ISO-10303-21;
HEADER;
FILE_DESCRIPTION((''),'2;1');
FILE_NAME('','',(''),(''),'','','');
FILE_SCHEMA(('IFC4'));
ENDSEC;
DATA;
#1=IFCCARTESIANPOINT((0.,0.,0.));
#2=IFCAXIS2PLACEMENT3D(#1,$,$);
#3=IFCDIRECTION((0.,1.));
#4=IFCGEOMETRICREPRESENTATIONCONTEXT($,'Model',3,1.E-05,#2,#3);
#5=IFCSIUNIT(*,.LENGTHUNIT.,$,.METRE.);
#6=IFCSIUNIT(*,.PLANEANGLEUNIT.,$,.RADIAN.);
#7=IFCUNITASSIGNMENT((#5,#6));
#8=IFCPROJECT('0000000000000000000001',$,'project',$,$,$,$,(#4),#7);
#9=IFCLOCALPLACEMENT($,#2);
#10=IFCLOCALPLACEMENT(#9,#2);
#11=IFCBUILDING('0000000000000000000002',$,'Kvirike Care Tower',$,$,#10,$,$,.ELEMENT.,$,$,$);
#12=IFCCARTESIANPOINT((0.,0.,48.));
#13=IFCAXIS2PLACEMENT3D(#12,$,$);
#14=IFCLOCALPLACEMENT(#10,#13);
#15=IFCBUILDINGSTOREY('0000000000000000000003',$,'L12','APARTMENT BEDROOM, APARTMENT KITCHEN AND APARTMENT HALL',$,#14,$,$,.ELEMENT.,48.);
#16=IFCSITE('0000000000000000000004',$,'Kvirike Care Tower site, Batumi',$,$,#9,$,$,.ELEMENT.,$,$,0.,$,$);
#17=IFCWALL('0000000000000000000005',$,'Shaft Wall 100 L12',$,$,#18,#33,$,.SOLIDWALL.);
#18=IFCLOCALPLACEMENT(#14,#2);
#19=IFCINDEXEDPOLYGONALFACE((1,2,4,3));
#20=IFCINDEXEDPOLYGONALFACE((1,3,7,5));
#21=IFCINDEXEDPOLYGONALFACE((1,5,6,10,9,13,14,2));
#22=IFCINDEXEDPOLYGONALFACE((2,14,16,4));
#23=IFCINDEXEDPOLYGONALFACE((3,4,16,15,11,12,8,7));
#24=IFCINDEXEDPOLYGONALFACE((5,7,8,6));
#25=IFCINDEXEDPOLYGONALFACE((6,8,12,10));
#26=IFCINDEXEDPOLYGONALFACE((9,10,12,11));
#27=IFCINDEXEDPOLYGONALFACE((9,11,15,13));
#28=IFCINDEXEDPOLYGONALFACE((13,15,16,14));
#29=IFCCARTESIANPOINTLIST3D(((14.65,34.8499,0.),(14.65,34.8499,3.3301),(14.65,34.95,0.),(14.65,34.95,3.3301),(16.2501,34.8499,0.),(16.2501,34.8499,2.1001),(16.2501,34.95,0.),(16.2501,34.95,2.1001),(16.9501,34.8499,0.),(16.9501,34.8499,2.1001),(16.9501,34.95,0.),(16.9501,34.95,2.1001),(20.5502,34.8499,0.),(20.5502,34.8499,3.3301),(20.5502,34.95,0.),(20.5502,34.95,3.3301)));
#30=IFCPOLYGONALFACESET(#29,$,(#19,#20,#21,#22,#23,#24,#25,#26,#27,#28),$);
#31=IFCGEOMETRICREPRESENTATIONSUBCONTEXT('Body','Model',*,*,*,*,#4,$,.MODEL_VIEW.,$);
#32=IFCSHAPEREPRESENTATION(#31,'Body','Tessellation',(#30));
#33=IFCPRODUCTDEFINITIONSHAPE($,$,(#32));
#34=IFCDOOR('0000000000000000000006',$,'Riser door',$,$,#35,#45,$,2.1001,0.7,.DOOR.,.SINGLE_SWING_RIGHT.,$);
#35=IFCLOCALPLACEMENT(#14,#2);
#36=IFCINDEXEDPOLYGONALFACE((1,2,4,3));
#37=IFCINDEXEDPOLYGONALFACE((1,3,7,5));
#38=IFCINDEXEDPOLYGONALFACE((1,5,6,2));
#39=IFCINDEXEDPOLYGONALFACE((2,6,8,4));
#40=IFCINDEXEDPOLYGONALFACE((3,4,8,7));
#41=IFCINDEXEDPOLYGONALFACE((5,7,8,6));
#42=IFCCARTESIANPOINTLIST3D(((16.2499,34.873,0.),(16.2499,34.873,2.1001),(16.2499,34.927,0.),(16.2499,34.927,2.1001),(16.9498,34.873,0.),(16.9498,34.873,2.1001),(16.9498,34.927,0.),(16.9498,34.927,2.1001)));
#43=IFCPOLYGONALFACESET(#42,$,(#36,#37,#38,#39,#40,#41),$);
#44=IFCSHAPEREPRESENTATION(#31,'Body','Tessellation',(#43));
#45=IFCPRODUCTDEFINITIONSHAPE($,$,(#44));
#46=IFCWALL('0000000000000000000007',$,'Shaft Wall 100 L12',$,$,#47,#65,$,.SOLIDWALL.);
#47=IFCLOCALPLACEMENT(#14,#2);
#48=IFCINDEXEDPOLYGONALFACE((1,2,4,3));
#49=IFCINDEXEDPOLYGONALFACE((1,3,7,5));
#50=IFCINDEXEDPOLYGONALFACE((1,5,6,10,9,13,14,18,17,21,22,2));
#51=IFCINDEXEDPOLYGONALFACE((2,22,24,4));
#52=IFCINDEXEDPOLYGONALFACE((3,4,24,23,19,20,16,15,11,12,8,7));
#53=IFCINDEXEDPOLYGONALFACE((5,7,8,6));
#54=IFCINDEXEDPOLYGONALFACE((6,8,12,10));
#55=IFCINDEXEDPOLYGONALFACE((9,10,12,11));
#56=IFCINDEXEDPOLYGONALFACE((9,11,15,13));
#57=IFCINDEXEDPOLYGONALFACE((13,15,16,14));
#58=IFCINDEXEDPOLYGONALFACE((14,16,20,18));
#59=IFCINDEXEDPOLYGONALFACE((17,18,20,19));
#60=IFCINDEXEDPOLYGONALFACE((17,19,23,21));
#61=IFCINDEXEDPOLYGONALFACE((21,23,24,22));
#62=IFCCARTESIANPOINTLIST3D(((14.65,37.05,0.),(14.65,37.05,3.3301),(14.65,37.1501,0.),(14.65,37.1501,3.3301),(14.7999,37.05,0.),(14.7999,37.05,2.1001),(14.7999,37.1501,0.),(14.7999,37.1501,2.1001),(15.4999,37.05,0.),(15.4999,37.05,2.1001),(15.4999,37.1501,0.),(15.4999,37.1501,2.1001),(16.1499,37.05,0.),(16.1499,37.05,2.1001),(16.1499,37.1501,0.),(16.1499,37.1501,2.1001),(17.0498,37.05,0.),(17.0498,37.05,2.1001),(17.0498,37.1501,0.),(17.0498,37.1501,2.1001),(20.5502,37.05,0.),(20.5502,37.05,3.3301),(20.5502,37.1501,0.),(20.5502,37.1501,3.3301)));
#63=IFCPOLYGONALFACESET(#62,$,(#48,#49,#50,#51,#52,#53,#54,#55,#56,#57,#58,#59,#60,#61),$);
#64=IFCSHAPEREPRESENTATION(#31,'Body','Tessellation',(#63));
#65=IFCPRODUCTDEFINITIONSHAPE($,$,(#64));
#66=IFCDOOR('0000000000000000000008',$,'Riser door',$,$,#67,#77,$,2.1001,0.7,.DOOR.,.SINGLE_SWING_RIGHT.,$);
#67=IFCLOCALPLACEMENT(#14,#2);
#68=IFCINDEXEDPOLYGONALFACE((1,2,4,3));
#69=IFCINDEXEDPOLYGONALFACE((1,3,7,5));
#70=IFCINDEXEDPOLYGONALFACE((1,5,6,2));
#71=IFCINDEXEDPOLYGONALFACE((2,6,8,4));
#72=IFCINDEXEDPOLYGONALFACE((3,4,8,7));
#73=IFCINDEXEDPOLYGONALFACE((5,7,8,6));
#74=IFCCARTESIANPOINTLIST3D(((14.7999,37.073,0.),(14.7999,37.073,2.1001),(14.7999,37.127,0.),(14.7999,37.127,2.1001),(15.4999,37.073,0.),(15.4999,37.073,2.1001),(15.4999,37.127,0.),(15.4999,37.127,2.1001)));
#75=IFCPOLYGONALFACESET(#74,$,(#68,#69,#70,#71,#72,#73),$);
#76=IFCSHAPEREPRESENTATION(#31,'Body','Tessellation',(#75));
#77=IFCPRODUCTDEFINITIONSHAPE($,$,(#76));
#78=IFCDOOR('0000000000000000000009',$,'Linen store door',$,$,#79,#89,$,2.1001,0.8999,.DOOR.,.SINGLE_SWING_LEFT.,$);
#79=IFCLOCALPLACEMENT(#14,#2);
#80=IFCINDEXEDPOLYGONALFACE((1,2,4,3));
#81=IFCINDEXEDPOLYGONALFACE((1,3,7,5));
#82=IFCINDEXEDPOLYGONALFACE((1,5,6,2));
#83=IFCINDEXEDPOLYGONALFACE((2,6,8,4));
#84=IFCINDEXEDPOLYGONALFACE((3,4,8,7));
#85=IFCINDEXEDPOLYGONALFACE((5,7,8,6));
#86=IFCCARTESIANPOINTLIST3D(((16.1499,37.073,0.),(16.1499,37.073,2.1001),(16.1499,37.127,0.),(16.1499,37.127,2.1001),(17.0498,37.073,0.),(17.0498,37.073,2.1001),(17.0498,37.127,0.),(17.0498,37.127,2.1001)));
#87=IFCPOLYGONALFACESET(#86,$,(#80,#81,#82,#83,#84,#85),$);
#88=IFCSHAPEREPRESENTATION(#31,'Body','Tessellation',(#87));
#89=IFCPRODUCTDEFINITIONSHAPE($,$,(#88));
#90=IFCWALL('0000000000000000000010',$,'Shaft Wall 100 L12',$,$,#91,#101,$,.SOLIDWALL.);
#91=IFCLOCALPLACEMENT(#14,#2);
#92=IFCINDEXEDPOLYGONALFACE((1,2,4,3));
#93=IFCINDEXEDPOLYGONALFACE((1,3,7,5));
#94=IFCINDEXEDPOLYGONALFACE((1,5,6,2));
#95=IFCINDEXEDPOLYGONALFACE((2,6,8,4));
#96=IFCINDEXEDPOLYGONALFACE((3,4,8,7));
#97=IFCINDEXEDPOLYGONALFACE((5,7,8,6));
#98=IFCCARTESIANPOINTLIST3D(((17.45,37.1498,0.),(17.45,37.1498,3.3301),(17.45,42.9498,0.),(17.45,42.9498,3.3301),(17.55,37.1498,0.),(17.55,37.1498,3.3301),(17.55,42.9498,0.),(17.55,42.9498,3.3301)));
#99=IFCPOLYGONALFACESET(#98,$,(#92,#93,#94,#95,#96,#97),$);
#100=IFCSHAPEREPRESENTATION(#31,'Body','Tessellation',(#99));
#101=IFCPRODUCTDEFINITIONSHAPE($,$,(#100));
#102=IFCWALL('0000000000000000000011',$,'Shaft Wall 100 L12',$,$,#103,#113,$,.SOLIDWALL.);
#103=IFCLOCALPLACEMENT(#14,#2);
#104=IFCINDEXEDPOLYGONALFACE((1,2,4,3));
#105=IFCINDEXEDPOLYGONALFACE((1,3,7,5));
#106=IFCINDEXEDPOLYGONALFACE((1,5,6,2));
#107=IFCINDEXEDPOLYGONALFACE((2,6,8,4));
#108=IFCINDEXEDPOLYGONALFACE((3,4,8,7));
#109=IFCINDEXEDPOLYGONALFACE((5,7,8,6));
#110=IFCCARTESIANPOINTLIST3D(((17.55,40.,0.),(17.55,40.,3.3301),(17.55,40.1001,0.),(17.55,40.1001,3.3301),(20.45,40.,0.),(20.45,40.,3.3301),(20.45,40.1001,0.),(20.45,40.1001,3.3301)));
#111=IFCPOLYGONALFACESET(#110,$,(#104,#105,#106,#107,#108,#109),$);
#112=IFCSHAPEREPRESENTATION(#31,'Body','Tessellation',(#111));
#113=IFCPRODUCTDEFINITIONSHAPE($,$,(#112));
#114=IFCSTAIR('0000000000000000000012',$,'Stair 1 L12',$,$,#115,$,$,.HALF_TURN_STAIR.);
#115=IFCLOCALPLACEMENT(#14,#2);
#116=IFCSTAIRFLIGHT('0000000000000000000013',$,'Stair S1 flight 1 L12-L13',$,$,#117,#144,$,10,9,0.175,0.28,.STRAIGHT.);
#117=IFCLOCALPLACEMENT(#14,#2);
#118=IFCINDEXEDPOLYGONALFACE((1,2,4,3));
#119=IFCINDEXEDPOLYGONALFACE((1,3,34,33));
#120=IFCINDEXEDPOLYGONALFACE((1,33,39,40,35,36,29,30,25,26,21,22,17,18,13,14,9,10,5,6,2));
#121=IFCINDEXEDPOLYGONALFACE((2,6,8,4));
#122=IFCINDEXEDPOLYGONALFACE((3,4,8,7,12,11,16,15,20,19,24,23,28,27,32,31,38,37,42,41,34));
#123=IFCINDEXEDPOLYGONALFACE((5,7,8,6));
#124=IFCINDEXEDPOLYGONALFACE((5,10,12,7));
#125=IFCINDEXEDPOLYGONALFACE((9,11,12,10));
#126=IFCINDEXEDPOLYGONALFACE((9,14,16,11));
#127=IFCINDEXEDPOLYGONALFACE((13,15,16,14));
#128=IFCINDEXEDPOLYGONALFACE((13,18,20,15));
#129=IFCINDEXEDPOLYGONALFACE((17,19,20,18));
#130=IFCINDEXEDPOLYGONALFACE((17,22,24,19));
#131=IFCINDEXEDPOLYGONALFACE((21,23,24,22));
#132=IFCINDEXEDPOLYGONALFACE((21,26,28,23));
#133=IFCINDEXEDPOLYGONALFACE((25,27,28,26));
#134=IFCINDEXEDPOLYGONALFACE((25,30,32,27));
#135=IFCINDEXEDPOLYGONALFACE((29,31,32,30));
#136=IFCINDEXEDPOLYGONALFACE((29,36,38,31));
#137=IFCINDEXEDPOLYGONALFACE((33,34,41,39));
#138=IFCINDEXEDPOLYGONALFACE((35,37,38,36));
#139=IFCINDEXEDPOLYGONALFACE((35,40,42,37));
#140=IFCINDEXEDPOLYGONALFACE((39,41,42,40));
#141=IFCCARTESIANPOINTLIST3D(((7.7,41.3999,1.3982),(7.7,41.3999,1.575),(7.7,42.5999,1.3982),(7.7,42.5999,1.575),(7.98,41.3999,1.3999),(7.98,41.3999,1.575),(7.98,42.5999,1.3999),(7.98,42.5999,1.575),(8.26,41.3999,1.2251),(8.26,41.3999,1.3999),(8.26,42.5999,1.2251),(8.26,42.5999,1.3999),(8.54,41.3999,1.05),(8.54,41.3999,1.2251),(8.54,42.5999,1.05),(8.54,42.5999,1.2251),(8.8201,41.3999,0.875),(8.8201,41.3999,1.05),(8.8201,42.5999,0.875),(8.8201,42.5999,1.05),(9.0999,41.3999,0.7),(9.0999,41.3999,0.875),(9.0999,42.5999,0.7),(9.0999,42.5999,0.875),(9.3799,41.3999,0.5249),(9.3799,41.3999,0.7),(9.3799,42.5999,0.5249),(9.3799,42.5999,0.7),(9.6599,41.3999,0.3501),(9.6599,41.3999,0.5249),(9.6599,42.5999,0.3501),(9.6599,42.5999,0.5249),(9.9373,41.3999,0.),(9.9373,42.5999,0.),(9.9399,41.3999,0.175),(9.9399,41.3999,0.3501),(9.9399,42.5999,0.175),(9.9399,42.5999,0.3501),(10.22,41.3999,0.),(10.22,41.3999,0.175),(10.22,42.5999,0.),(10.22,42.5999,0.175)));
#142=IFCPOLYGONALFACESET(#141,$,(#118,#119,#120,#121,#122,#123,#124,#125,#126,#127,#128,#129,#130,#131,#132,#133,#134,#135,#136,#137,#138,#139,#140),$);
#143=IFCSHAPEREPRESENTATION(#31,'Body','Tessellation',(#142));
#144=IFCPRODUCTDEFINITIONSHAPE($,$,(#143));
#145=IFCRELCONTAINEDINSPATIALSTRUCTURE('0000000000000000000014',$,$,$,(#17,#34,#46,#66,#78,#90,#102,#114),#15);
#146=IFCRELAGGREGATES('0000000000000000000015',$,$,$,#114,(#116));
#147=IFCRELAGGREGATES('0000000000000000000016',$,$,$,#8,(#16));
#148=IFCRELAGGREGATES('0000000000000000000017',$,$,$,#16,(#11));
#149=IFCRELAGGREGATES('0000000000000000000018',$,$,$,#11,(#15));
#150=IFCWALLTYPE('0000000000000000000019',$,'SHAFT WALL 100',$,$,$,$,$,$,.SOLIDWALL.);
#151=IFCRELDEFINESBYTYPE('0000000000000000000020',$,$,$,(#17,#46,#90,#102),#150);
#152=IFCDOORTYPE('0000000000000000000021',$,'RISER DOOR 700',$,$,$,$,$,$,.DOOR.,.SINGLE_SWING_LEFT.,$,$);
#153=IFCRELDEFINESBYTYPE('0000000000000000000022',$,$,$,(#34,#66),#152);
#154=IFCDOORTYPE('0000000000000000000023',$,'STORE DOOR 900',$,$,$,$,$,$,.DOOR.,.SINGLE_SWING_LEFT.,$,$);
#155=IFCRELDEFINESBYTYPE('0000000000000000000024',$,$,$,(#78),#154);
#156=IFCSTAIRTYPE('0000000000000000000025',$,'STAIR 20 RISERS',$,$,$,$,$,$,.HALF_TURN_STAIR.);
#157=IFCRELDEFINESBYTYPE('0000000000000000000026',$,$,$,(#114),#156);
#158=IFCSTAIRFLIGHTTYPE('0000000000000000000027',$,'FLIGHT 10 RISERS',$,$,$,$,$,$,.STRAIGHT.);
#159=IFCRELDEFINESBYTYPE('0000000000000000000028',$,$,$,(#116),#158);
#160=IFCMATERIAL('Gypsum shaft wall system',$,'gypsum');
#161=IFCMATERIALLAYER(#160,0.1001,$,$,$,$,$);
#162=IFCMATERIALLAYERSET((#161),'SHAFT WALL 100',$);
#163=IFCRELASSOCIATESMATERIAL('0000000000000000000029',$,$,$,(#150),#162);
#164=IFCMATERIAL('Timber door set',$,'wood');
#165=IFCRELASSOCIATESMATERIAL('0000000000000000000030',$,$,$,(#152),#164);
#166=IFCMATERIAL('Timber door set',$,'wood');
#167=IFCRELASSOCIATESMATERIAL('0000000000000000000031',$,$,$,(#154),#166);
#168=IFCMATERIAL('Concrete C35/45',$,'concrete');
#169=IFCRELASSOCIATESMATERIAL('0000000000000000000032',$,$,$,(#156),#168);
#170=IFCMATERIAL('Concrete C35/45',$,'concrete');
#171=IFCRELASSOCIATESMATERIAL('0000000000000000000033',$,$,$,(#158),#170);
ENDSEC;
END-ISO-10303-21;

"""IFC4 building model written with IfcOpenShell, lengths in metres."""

from ifc_helpers import new_model, si_unit, direction, frame, frame_2d, origin, place, context, subcontext, project, spatial, polyline, rectangle, outline, extrude, material, layer, layer_set, type_object, element, fill, aggregate, save


model = new_model("IFC4")

# Units and contexts
model_context = context("Model", 3, precision=1e-05, world=origin(), true_north=direction((0.0, 1.0)))
body_context = subcontext(model_context, "Body", "Model", "MODEL_VIEW")
ifc_project = project(units=[si_unit("LENGTHUNIT", "METRE"), si_unit("PLANEANGLEUNIT", "RADIAN")], contexts=[model_context])

# Site, building, storey
site_placement = place(None, origin())
site = spatial("IfcSite", under=ifc_project, at=site_placement, Name="Kvirike Care Tower site, Batumi", CompositionType="ELEMENT", RefElevation=0.0)
building_placement = place(site_placement, origin())
building = spatial("IfcBuilding", under=site, at=building_placement, Name="Kvirike Care Tower", CompositionType="ELEMENT")
storey_placement = place(building_placement, frame((0.0, 0.0, 48.0)))
storey = spatial("IfcBuildingStorey", under=building, at=storey_placement, Name="L12", Description="APARTMENT BEDROOM, APARTMENT KITCHEN AND APARTMENT HALL", CompositionType="ELEMENT", Elevation=48.0)

# Shared definitions
ifc_material_1 = material(Name="Gypsum shaft wall system", Category="gypsum")
ifc_layer_1 = layer(ifc_material_1, 0.1001)
ifc_layer_set_1 = layer_set([ifc_layer_1], Name="SHAFT WALL 100")
wall_type_1 = type_object("IfcWallType", Name="SHAFT WALL 100", PredefinedType="SOLIDWALL", material=ifc_layer_set_1)

# Wall, opening, door
wall_1_placement = place(storey_placement, frame((14.6499, 34.8999, 0.0), z_axis=(0.0, 0.0, 1.0), x_axis=(1.0, 0.0, 0.0)))
wall_1 = element("IfcWall", 1, at=wall_1_placement, inside=storey, type_object=wall_type_1, Name="Shaft Wall 100 L12", PredefinedType="SOLIDWALL", context=body_context, shape_type="SweptSolid", body=[
    extrude(rectangle(XDim=5.9001, YDim=0.1001, at=frame_2d((2.9502, 0.0))), origin(), (0.0, 0.0, 1.0), 3.3301),
])
opening_1_placement = place(wall_1_placement, frame((1.6001, 0.0, 0.0)))
opening_1 = element("IfcOpeningElement", 2, at=opening_1_placement, cuts=wall_1, PredefinedType="OPENING", context=body_context, shape_type="SweptSolid", body=[
    extrude(rectangle(XDim=0.7, YDim=2.1001, at=frame_2d((0.3501, 1.05))), frame((0.0, 0.0605, 0.0), z_axis=(0.0, -1.0, 0.0), x_axis=(1.0, 0.0, 0.0)), (0.0, 0.0, 1.0), 0.1211),
])
ifc_material_2 = material(Name="Timber door set", Category="wood")
door_type_1 = type_object("IfcDoorType", Name="RISER DOOR 700", OperationType="SINGLE_SWING_LEFT", PredefinedType="DOOR", material=ifc_material_2)
door_1_placement = place(opening_1_placement, frame((0.7, 0.0, 0.0), z_axis=(0.0, 0.0, 1.0), x_axis=(-1.0, 0.0, 0.0)))
door_1 = element("IfcDoor", 3, at=door_1_placement, inside=storey, type_object=door_type_1, Name="Riser door", OperationType="SINGLE_SWING_RIGHT", OverallHeight=2.1001, OverallWidth=0.7, PredefinedType="DOOR", context=body_context, shape_type="SweptSolid", body=[
    extrude(rectangle(XDim=0.7, YDim=2.1001, at=frame_2d((0.3501, 1.05))), frame((0.0, 0.0269, 0.0), z_axis=(0.0, -1.0, 0.0), x_axis=(1.0, 0.0, 0.0)), (0.0, 0.0, 1.0), 0.054),
])
fill(opening_1, door_1)

# Wall, openings, doors
wall_2_placement = place(storey_placement, frame((14.6499, 37.1001, 0.0), z_axis=(0.0, 0.0, 1.0), x_axis=(1.0, 0.0, 0.0)))
wall_2 = element("IfcWall", 4, at=wall_2_placement, inside=storey, type_object=wall_type_1, Name="Shaft Wall 100 L12", PredefinedType="SOLIDWALL", context=body_context, shape_type="SweptSolid", body=[
    extrude(rectangle(XDim=5.9001, YDim=0.1001, at=frame_2d((2.9502, 0.0))), origin(), (0.0, 0.0, 1.0), 3.3301),
])
opening_2_placement = place(wall_2_placement, frame((0.1499, 0.0, 0.0)))
opening_2 = element("IfcOpeningElement", 5, at=opening_2_placement, cuts=wall_2, PredefinedType="OPENING", context=body_context, shape_type="SweptSolid", body=[
    extrude(rectangle(XDim=0.7, YDim=2.1001, at=frame_2d((0.3501, 1.05))), frame((0.0, 0.0605, 0.0), z_axis=(0.0, -1.0, 0.0), x_axis=(1.0, 0.0, 0.0)), (0.0, 0.0, 1.0), 0.1211),
])
opening_3_placement = place(wall_2_placement, frame((1.5, 0.0, 0.0)))
opening_3 = element("IfcOpeningElement", 6, at=opening_3_placement, cuts=wall_2, PredefinedType="OPENING", context=body_context, shape_type="SweptSolid", body=[
    extrude(rectangle(XDim=0.8999, YDim=2.1001, at=frame_2d((0.45, 1.05))), frame((0.0, 0.0605, 0.0), z_axis=(0.0, -1.0, 0.0), x_axis=(1.0, 0.0, 0.0)), (0.0, 0.0, 1.0), 0.1211),
])
door_2_placement = place(opening_2_placement, origin())
door_2 = element("IfcDoor", 7, at=door_2_placement, inside=storey, type_object=door_type_1, Name="Riser door", OperationType="SINGLE_SWING_RIGHT", OverallHeight=2.1001, OverallWidth=0.7, PredefinedType="DOOR", context=body_context, shape_type="SweptSolid", body=[
    extrude(rectangle(XDim=0.7, YDim=2.1001, at=frame_2d((0.3501, 1.05))), frame((0.0, 0.0269, 0.0), z_axis=(0.0, -1.0, 0.0), x_axis=(1.0, 0.0, 0.0)), (0.0, 0.0, 1.0), 0.054),
])
fill(opening_2, door_2)
ifc_material_3 = material(Name="Timber door set", Category="wood")
door_type_2 = type_object("IfcDoorType", Name="STORE DOOR 900", OperationType="SINGLE_SWING_LEFT", PredefinedType="DOOR", material=ifc_material_3)
door_3_placement = place(opening_3_placement, origin())
door_3 = element("IfcDoor", 8, at=door_3_placement, inside=storey, type_object=door_type_2, Name="Linen store door", OperationType="SINGLE_SWING_LEFT", OverallHeight=2.1001, OverallWidth=0.8999, PredefinedType="DOOR", context=body_context, shape_type="SweptSolid", body=[
    extrude(rectangle(XDim=0.8999, YDim=2.1001, at=frame_2d((0.45, 1.05))), frame((0.0, 0.0269, 0.0), z_axis=(0.0, -1.0, 0.0), x_axis=(1.0, 0.0, 0.0)), (0.0, 0.0, 1.0), 0.054),
])
fill(opening_3, door_3)

# Walls
wall_3_placement = place(storey_placement, frame((17.5, 37.1499, 0.0), z_axis=(0.0, 0.0, 1.0), x_axis=(0.0, 1.0, 0.0)))
element("IfcWall", 9, at=wall_3_placement, inside=storey, type_object=wall_type_1, Name="Shaft Wall 100 L12", PredefinedType="SOLIDWALL", context=body_context, shape_type="SweptSolid", body=[
    extrude(rectangle(XDim=5.8, YDim=0.1001, at=frame_2d((2.8999, 0.0))), origin(), (0.0, 0.0, 1.0), 3.3301),
])
wall_4_placement = place(storey_placement, frame((17.55, 40.05, 0.0), z_axis=(0.0, 0.0, 1.0), x_axis=(1.0, 0.0, 0.0)))
element("IfcWall", 10, at=wall_4_placement, inside=storey, type_object=wall_type_1, Name="Shaft Wall 100 L12", PredefinedType="SOLIDWALL", context=body_context, shape_type="SweptSolid", body=[
    extrude(rectangle(XDim=2.8999, YDim=0.1001, at=frame_2d((1.45, 0.0))), origin(), (0.0, 0.0, 1.0), 3.3301),
])

# Stair, stair flight
ifc_material_4 = material(Name="Concrete C35/45", Category="concrete")
stair_type = type_object("IfcStairType", Name="STAIR 20 RISERS", PredefinedType="HALF_TURN_STAIR", material=ifc_material_4)
stair_placement = place(storey_placement, origin())
stair = element("IfcStair", 11, at=stair_placement, inside=storey, type_object=stair_type, Name="Stair 1 L12", PredefinedType="HALF_TURN_STAIR")
ifc_material_5 = material(Name="Concrete C35/45", Category="concrete")
stair_flight_type = type_object("IfcStairFlightType", Name="FLIGHT 10 RISERS", PredefinedType="STRAIGHT", material=ifc_material_5)
stair_flight_placement = place(storey_placement, frame((10.22, 42.0, 0.0), z_axis=(0.0, 0.0, 1.0), x_axis=(-1.0, 0.0, 0.0)))
stair_flight = element("IfcStairFlight", 12, at=stair_flight_placement, type_object=stair_flight_type, Name="Stair S1 flight 1 L12-L13", NumberOfRisers=10, NumberOfTreads=9, PredefinedType="STRAIGHT", RiserHeight=0.175, TreadLength=0.28, context=body_context, shape_type="SweptSolid", body=[
    extrude(outline(polyline([(0.0, 0.0), (0.0, 0.175), (0.28, 0.175), (0.28, 0.3501), (0.5601, 0.3501), (0.5601, 0.5249), (0.8401, 0.5249), (0.8401, 0.7), (1.1201, 0.7), (1.1201, 0.875), (1.3999, 0.875), (1.3999, 1.05), (1.6799, 1.05), (1.6799, 1.2251), (1.96, 1.2251), (1.96, 1.3999), (2.24, 1.3999), (2.24, 1.575), (2.52, 1.575), (2.52, 1.75), (2.52, 1.3982), (0.2827, 0.0), (0.0, 0.0)])), frame((0.0, 0.6001, 0.0), z_axis=(0.0, -1.0, 0.0), x_axis=(1.0, 0.0, 0.0)), (0.0, 0.0, 1.0), 1.2),
])
aggregate(stair, [stair_flight])

save(model, "model.ifc")
